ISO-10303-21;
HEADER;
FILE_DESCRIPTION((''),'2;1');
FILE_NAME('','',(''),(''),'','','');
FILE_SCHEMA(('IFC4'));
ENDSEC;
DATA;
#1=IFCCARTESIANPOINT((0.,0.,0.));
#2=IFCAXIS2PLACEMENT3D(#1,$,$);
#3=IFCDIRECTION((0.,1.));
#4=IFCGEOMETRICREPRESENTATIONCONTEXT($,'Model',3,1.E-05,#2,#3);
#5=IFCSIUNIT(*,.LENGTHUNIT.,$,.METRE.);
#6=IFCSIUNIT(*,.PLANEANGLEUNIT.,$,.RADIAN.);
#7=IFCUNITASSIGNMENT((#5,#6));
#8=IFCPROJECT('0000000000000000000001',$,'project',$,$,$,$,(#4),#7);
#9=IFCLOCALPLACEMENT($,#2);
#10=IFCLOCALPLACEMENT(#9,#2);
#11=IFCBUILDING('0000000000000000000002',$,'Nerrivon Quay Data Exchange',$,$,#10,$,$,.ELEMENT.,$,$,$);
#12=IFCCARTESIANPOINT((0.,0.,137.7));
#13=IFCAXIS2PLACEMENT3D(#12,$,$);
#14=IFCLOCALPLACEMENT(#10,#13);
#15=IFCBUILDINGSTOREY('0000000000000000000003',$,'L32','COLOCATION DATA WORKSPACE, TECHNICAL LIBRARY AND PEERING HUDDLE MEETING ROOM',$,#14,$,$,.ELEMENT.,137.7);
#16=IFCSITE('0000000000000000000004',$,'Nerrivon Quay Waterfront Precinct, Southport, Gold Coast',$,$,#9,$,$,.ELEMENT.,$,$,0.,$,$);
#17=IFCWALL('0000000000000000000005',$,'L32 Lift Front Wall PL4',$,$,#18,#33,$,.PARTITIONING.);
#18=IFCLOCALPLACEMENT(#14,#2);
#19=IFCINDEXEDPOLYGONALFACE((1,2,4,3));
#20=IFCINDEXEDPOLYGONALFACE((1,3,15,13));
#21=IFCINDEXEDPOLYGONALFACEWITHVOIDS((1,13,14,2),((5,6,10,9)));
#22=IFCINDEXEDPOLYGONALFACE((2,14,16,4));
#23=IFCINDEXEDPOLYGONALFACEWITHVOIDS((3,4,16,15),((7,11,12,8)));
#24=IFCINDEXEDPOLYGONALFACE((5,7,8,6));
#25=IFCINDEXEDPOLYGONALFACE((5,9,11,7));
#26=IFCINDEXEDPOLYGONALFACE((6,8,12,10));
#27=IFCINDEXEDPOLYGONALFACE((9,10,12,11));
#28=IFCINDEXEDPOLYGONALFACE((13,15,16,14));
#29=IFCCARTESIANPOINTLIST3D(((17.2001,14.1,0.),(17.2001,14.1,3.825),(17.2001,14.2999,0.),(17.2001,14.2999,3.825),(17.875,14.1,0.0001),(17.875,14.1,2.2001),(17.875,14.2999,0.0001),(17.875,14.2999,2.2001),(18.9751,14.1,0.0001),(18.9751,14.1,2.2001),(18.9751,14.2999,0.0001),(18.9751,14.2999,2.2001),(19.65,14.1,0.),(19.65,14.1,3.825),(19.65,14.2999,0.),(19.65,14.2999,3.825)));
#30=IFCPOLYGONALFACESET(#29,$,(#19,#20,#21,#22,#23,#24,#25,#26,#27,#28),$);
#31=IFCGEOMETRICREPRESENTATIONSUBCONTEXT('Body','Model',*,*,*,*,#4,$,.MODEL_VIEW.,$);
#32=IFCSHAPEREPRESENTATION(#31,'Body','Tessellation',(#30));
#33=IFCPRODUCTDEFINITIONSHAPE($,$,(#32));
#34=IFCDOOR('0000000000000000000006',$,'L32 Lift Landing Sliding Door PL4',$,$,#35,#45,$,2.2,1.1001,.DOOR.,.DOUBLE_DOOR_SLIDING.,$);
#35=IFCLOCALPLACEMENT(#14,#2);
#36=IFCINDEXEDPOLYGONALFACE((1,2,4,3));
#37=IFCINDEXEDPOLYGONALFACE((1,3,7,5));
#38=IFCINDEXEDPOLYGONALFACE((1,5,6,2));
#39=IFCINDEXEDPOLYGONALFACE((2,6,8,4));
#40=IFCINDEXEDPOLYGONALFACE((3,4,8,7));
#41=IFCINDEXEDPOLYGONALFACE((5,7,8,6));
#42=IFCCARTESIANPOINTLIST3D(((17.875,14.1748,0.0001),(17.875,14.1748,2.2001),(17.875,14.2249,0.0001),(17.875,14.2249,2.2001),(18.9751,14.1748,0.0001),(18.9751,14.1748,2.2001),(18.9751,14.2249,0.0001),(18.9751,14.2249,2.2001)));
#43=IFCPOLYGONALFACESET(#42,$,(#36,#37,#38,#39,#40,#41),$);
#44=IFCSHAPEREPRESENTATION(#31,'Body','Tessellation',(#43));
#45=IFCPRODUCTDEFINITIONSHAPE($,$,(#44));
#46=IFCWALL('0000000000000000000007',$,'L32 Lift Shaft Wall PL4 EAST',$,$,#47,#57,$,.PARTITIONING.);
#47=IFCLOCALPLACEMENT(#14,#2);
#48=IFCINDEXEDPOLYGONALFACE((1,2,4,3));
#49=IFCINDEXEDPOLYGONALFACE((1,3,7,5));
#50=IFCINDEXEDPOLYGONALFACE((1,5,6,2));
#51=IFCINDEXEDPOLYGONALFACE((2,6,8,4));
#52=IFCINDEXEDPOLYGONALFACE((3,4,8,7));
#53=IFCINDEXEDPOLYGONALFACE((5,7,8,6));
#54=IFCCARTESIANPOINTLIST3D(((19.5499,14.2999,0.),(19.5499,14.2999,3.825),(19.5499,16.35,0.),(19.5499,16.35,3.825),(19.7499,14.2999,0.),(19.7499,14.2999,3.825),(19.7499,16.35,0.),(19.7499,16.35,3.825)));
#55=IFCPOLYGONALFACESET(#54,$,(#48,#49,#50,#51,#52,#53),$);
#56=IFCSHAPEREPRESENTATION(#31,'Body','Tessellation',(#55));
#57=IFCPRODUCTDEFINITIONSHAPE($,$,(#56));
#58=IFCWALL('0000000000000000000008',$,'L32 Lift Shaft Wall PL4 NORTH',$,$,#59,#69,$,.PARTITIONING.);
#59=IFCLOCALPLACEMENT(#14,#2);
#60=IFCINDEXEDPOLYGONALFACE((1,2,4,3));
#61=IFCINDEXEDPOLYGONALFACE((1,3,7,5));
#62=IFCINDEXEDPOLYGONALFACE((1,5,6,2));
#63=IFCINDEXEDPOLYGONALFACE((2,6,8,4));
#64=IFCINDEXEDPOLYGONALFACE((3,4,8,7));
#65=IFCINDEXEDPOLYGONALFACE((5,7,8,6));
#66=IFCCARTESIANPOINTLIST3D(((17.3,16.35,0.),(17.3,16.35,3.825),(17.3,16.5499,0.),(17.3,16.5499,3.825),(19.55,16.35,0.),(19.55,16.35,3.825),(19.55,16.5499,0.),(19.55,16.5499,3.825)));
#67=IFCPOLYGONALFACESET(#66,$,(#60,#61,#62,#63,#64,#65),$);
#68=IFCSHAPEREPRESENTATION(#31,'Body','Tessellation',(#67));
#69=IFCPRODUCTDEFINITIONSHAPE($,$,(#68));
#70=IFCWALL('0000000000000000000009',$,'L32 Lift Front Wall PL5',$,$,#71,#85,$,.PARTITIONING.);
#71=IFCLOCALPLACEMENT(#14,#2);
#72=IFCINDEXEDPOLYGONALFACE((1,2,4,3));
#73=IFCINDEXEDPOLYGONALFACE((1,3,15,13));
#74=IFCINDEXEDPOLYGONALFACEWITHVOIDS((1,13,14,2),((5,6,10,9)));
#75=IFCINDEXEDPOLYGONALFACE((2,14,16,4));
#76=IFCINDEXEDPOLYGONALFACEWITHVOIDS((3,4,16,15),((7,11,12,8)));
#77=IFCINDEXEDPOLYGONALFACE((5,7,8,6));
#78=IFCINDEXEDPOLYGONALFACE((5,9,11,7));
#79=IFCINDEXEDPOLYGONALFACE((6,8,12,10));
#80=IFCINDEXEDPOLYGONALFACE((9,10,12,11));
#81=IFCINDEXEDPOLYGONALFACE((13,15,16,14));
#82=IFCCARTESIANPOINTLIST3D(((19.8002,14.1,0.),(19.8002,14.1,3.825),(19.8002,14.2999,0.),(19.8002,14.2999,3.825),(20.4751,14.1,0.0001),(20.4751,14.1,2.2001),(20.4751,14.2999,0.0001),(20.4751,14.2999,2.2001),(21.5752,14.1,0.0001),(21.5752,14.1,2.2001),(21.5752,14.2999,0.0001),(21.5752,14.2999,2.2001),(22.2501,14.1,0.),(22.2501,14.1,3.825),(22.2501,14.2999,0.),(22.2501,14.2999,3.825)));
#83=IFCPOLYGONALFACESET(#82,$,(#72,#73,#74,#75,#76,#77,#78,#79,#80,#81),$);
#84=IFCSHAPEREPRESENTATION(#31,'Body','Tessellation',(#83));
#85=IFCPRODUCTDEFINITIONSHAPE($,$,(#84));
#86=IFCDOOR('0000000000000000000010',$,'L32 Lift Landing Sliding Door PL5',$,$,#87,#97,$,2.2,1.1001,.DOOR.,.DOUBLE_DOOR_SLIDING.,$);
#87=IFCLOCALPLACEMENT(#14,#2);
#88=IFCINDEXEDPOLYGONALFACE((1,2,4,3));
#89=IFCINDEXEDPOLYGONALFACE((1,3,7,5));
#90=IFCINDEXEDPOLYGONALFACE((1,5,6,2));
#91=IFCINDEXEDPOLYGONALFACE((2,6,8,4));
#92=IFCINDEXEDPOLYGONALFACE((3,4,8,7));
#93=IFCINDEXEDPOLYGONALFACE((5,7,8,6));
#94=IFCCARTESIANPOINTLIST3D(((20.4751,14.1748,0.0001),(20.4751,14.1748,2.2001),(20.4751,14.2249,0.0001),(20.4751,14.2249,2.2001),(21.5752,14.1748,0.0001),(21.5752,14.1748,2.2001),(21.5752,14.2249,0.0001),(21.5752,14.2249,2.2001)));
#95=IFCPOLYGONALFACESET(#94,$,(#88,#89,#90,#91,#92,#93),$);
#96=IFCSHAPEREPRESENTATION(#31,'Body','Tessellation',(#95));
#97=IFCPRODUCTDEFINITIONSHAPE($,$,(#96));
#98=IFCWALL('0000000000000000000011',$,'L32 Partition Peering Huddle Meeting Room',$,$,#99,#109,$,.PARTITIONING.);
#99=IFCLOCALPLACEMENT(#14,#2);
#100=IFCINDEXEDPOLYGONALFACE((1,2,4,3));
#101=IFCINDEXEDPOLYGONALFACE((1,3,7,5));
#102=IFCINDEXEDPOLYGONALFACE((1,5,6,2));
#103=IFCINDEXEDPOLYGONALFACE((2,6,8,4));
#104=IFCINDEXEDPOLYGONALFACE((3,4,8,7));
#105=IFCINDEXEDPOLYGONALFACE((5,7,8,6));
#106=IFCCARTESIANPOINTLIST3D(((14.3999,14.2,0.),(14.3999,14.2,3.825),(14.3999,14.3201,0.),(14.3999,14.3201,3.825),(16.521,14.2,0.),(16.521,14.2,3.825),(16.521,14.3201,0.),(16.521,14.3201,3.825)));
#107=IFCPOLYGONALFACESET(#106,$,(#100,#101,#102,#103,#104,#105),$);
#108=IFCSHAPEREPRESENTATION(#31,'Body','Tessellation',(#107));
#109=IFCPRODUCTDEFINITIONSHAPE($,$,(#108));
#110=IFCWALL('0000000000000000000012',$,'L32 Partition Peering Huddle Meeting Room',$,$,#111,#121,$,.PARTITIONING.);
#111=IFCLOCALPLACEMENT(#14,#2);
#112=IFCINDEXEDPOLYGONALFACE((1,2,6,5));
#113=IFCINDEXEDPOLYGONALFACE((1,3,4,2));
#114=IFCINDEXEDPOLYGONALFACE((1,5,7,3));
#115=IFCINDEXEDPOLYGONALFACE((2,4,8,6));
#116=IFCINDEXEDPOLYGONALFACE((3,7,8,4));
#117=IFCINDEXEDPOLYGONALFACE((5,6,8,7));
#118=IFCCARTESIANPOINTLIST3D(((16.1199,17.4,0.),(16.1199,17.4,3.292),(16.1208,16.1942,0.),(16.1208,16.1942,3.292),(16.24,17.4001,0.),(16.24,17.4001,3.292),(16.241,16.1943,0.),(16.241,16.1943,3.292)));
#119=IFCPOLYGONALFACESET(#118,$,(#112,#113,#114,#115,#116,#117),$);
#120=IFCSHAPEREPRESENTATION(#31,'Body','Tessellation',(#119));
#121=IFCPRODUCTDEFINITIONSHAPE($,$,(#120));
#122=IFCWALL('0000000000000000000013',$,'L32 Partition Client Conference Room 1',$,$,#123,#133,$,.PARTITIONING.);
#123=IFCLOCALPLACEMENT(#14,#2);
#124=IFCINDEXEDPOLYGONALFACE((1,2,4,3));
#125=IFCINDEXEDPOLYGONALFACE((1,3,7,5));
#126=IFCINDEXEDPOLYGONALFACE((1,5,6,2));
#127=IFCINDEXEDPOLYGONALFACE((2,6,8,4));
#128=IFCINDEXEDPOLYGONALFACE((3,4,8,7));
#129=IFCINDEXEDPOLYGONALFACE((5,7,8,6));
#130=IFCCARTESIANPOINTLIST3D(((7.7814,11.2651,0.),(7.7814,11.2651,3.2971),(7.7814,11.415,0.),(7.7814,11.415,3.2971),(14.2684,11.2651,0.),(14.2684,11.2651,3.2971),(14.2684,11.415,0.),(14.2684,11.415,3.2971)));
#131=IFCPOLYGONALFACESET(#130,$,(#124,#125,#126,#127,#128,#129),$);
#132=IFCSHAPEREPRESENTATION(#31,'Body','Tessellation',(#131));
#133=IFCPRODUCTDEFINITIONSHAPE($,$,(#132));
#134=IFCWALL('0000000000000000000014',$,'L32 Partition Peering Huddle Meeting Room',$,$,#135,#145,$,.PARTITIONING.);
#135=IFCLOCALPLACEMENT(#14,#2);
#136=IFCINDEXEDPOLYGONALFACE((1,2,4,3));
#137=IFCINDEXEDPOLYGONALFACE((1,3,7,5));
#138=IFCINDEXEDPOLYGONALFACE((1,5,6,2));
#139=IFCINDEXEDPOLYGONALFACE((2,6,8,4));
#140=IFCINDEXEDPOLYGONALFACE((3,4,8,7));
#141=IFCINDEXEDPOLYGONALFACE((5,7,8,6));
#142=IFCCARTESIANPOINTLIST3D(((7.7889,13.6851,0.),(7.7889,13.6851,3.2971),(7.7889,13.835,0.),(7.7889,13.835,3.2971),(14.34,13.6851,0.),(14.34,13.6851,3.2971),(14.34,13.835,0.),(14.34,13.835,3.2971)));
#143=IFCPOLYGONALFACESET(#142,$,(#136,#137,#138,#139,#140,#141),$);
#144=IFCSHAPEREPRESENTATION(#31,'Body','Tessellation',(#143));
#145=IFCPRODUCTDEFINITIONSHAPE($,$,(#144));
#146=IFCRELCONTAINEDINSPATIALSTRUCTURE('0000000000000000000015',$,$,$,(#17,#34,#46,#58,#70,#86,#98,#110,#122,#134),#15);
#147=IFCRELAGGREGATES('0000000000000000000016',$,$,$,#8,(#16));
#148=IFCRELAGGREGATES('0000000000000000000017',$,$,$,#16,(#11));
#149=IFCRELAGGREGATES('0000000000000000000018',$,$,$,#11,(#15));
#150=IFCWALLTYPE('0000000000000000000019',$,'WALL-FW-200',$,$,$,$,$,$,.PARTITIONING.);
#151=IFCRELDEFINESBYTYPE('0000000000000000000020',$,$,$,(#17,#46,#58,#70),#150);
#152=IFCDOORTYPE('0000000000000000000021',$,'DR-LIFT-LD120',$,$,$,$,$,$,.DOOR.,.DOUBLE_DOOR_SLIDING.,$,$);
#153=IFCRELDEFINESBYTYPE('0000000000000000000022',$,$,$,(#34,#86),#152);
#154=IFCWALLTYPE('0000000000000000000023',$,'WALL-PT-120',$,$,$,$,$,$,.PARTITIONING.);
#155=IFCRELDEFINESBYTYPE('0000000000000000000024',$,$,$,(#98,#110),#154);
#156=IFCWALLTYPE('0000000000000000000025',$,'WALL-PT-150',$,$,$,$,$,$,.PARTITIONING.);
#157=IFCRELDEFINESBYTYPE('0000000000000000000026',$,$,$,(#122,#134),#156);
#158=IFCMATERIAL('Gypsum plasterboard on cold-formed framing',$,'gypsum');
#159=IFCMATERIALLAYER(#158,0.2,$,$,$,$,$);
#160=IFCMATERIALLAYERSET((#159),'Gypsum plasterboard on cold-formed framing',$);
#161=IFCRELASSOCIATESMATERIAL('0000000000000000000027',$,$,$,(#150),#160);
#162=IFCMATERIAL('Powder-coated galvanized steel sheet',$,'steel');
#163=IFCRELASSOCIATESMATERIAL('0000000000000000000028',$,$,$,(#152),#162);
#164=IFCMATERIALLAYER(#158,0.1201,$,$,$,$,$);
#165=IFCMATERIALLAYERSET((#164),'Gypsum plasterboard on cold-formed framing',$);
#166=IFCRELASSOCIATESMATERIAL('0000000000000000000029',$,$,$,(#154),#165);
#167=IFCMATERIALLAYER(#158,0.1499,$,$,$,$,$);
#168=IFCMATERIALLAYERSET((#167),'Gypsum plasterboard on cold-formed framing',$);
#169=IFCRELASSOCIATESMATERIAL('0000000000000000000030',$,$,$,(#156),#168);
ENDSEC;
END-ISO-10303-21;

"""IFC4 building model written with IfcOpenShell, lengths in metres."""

from ifc_helpers import new_model, si_unit, direction, frame, frame_2d, origin, place, context, subcontext, project, spatial, rectangle, extrude, material, layer, layer_set, type_object, element, fill, save


model = new_model("IFC4")

# Units and contexts
model_context = context("Model", 3, precision=1e-05, world=origin(), true_north=direction((0.0, 1.0)))
body_context = subcontext(model_context, "Body", "Model", "MODEL_VIEW")
ifc_project = project(units=[si_unit("LENGTHUNIT", "METRE"), si_unit("PLANEANGLEUNIT", "RADIAN")], contexts=[model_context])

# Site, building, storey
site_placement = place(None, origin())
site = spatial("IfcSite", under=ifc_project, at=site_placement, Name="Nerrivon Quay Waterfront Precinct, Southport, Gold Coast", CompositionType="ELEMENT", RefElevation=0.0)
building_placement = place(site_placement, origin())
building = spatial("IfcBuilding", under=site, at=building_placement, Name="Nerrivon Quay Data Exchange", CompositionType="ELEMENT")
storey_placement = place(building_placement, frame((0.0, 0.0, 137.7)))
storey = spatial("IfcBuildingStorey", under=building, at=storey_placement, Name="L32", Description="COLOCATION DATA WORKSPACE, TECHNICAL LIBRARY AND PEERING HUDDLE MEETING ROOM", CompositionType="ELEMENT", Elevation=137.7)

# Shared definitions
ifc_material_1 = material(Name="Powder-coated galvanized steel sheet", Category="steel")
ifc_material_2 = material(Name="Gypsum plasterboard on cold-formed framing", Category="gypsum")
ifc_layer_1 = layer(ifc_material_2, 0.2)
ifc_layer_set_1 = layer_set([ifc_layer_1], Name="Gypsum plasterboard on cold-formed framing")
wall_type_1 = type_object("IfcWallType", Name="WALL-FW-200", PredefinedType="PARTITIONING", material=ifc_layer_set_1)
door_type_1 = type_object("IfcDoorType", Name="DR-LIFT-LD120", OperationType="DOUBLE_DOOR_SLIDING", PredefinedType="DOOR", material=ifc_material_1)

# Wall, opening, door
wall_1_placement = place(storey_placement, frame((17.2, 14.2, 0.0), z_axis=(0.0, 0.0, 1.0), x_axis=(1.0, 0.0, 0.0)))
wall_1 = element("IfcWall", 1, at=wall_1_placement, inside=storey, type_object=wall_type_1, Name="L32 Lift Front Wall PL4", PredefinedType="PARTITIONING", context=body_context, shape_type="SweptSolid", body=[
    extrude(rectangle(XDim=2.45, YDim=0.2, at=frame_2d((1.2251, 0.0))), origin(), (0.0, 0.0, 1.0), 3.825),
])
opening_1_placement = place(wall_1_placement, frame((0.675, 0.0, 0.0)))
opening_1 = element("IfcOpeningElement", 2, at=opening_1_placement, cuts=wall_1, PredefinedType="OPENING", context=body_context, shape_type="SweptSolid", body=[
    extrude(rectangle(XDim=1.1001, YDim=2.2, at=frame_2d((0.55, 1.1001))), frame((0.0, 0.1099, 0.0), z_axis=(0.0, -1.0, 0.0), x_axis=(1.0, 0.0, 0.0)), (0.0, 0.0, 1.0), 0.22),
])
door_1_placement = place(opening_1_placement, origin())
door_1 = element("IfcDoor", 3, at=door_1_placement, inside=storey, type_object=door_type_1, Name="L32 Lift Landing Sliding Door PL4", OperationType="DOUBLE_DOOR_SLIDING", OverallHeight=2.2, OverallWidth=1.1001, PredefinedType="DOOR", context=body_context, shape_type="SweptSolid", body=[
    extrude(rectangle(XDim=1.1001, YDim=2.2, at=frame_2d((0.55, 1.1001))), frame((0.0, 0.0249, 0.0), z_axis=(0.0, -1.0, 0.0), x_axis=(1.0, 0.0, 0.0)), (0.0, 0.0, 1.0), 0.05),
])
fill(opening_1, door_1)

# Walls
wall_2_placement = place(storey_placement, frame((19.6499, 14.3, 0.0), z_axis=(0.0, 0.0, 1.0), x_axis=(0.0, 1.0, 0.0)))
element("IfcWall", 4, at=wall_2_placement, inside=storey, type_object=wall_type_1, Name="L32 Lift Shaft Wall PL4 EAST", PredefinedType="PARTITIONING", context=body_context, shape_type="SweptSolid", body=[
    extrude(rectangle(XDim=2.05, YDim=0.2, at=frame_2d((1.0249, 0.0))), origin(), (0.0, 0.0, 1.0), 3.825),
])
wall_3_placement = place(storey_placement, frame((17.3, 16.45, 0.0), z_axis=(0.0, 0.0, 1.0), x_axis=(1.0, 0.0, 0.0)))
element("IfcWall", 5, at=wall_3_placement, inside=storey, type_object=wall_type_1, Name="L32 Lift Shaft Wall PL4 NORTH", PredefinedType="PARTITIONING", context=body_context, shape_type="SweptSolid", body=[
    extrude(rectangle(XDim=2.25, YDim=0.2, at=frame_2d((1.125, 0.0))), origin(), (0.0, 0.0, 1.0), 3.825),
])

# Wall, opening, door
wall_4_placement = place(storey_placement, frame((19.8, 14.2, 0.0), z_axis=(0.0, 0.0, 1.0), x_axis=(1.0, 0.0, 0.0)))
wall_4 = element("IfcWall", 6, at=wall_4_placement, inside=storey, type_object=wall_type_1, Name="L32 Lift Front Wall PL5", PredefinedType="PARTITIONING", context=body_context, shape_type="SweptSolid", body=[
    extrude(rectangle(XDim=2.45, YDim=0.2, at=frame_2d((1.2251, 0.0))), origin(), (0.0, 0.0, 1.0), 3.825),
])
opening_2_placement = place(wall_4_placement, frame((0.675, 0.0, 0.0)))
opening_2 = element("IfcOpeningElement", 7, at=opening_2_placement, cuts=wall_4, PredefinedType="OPENING", context=body_context, shape_type="SweptSolid", body=[
    extrude(rectangle(XDim=1.1001, YDim=2.2, at=frame_2d((0.55, 1.1001))), frame((0.0, 0.1099, 0.0), z_axis=(0.0, -1.0, 0.0), x_axis=(1.0, 0.0, 0.0)), (0.0, 0.0, 1.0), 0.22),
])
door_2_placement = place(opening_2_placement, origin())
door_2 = element("IfcDoor", 8, at=door_2_placement, inside=storey, type_object=door_type_1, Name="L32 Lift Landing Sliding Door PL5", OperationType="DOUBLE_DOOR_SLIDING", OverallHeight=2.2, OverallWidth=1.1001, PredefinedType="DOOR", context=body_context, shape_type="SweptSolid", body=[
    extrude(rectangle(XDim=1.1001, YDim=2.2, at=frame_2d((0.55, 1.1001))), frame((0.0, 0.0249, 0.0), z_axis=(0.0, -1.0, 0.0), x_axis=(1.0, 0.0, 0.0)), (0.0, 0.0, 1.0), 0.05),
])
fill(opening_2, door_2)

# Walls
ifc_layer_2 = layer(ifc_material_2, 0.1201)
ifc_layer_set_2 = layer_set([ifc_layer_2], Name="Gypsum plasterboard on cold-formed framing")
wall_type_2 = type_object("IfcWallType", Name="WALL-PT-120", PredefinedType="PARTITIONING", material=ifc_layer_set_2)
wall_5_placement = place(storey_placement, frame((14.3999, 14.26, 0.0), z_axis=(0.0, 0.0, 1.0), x_axis=(1.0, 0.0, 0.0)))
element("IfcWall", 9, at=wall_5_placement, inside=storey, type_object=wall_type_2, Name="L32 Partition Peering Huddle Meeting Room", PredefinedType="PARTITIONING", context=body_context, shape_type="SweptSolid", body=[
    extrude(rectangle(XDim=2.1211, YDim=0.1201, at=frame_2d((1.0605, 0.0))), origin(), (0.0, 0.0, 1.0), 3.825),
])
wall_6_placement = place(storey_placement, frame((16.1809, 16.1941, 0.0), z_axis=(0.0, 0.0, 1.0), x_axis=(-0.00081, 1.0, 0.0)))
element("IfcWall", 10, at=wall_6_placement, inside=storey, type_object=wall_type_2, Name="L32 Partition Peering Huddle Meeting Room", PredefinedType="PARTITIONING", context=body_context, shape_type="SweptSolid", body=[
    extrude(rectangle(XDim=1.2058, YDim=0.1201, at=frame_2d((0.603, 0.0))), origin(), (0.0, 0.0, 1.0), 3.292),
])
ifc_layer_3 = layer(ifc_material_2, 0.1499)
ifc_layer_set_3 = layer_set([ifc_layer_3], Name="Gypsum plasterboard on cold-formed framing")
wall_type_3 = type_object("IfcWallType", Name="WALL-PT-150", PredefinedType="PARTITIONING", material=ifc_layer_set_3)
wall_7_placement = place(storey_placement, frame((14.2686, 11.3401, 0.0), z_axis=(0.0, 0.0, 1.0), x_axis=(-1.0, 0.0, 0.0)))
element("IfcWall", 11, at=wall_7_placement, inside=storey, type_object=wall_type_3, Name="L32 Partition Client Conference Room 1", PredefinedType="PARTITIONING", context=body_context, shape_type="SweptSolid", body=[
    extrude(rectangle(XDim=6.4871, YDim=0.1499, at=frame_2d((3.2437, 0.0))), origin(), (0.0, 0.0, 1.0), 3.2971),
])
wall_8_placement = place(storey_placement, frame((7.7891, 13.76, 0.0), z_axis=(0.0, 0.0, 1.0), x_axis=(1.0, 0.0, 0.0)))
element("IfcWall", 12, at=wall_8_placement, inside=storey, type_object=wall_type_3, Name="L32 Partition Peering Huddle Meeting Room", PredefinedType="PARTITIONING", context=body_context, shape_type="SweptSolid", body=[
    extrude(rectangle(XDim=6.551, YDim=0.1499, at=frame_2d((3.2754, 0.0))), origin(), (0.0, 0.0, 1.0), 3.2971),
])

save(model, "model.ifc")
